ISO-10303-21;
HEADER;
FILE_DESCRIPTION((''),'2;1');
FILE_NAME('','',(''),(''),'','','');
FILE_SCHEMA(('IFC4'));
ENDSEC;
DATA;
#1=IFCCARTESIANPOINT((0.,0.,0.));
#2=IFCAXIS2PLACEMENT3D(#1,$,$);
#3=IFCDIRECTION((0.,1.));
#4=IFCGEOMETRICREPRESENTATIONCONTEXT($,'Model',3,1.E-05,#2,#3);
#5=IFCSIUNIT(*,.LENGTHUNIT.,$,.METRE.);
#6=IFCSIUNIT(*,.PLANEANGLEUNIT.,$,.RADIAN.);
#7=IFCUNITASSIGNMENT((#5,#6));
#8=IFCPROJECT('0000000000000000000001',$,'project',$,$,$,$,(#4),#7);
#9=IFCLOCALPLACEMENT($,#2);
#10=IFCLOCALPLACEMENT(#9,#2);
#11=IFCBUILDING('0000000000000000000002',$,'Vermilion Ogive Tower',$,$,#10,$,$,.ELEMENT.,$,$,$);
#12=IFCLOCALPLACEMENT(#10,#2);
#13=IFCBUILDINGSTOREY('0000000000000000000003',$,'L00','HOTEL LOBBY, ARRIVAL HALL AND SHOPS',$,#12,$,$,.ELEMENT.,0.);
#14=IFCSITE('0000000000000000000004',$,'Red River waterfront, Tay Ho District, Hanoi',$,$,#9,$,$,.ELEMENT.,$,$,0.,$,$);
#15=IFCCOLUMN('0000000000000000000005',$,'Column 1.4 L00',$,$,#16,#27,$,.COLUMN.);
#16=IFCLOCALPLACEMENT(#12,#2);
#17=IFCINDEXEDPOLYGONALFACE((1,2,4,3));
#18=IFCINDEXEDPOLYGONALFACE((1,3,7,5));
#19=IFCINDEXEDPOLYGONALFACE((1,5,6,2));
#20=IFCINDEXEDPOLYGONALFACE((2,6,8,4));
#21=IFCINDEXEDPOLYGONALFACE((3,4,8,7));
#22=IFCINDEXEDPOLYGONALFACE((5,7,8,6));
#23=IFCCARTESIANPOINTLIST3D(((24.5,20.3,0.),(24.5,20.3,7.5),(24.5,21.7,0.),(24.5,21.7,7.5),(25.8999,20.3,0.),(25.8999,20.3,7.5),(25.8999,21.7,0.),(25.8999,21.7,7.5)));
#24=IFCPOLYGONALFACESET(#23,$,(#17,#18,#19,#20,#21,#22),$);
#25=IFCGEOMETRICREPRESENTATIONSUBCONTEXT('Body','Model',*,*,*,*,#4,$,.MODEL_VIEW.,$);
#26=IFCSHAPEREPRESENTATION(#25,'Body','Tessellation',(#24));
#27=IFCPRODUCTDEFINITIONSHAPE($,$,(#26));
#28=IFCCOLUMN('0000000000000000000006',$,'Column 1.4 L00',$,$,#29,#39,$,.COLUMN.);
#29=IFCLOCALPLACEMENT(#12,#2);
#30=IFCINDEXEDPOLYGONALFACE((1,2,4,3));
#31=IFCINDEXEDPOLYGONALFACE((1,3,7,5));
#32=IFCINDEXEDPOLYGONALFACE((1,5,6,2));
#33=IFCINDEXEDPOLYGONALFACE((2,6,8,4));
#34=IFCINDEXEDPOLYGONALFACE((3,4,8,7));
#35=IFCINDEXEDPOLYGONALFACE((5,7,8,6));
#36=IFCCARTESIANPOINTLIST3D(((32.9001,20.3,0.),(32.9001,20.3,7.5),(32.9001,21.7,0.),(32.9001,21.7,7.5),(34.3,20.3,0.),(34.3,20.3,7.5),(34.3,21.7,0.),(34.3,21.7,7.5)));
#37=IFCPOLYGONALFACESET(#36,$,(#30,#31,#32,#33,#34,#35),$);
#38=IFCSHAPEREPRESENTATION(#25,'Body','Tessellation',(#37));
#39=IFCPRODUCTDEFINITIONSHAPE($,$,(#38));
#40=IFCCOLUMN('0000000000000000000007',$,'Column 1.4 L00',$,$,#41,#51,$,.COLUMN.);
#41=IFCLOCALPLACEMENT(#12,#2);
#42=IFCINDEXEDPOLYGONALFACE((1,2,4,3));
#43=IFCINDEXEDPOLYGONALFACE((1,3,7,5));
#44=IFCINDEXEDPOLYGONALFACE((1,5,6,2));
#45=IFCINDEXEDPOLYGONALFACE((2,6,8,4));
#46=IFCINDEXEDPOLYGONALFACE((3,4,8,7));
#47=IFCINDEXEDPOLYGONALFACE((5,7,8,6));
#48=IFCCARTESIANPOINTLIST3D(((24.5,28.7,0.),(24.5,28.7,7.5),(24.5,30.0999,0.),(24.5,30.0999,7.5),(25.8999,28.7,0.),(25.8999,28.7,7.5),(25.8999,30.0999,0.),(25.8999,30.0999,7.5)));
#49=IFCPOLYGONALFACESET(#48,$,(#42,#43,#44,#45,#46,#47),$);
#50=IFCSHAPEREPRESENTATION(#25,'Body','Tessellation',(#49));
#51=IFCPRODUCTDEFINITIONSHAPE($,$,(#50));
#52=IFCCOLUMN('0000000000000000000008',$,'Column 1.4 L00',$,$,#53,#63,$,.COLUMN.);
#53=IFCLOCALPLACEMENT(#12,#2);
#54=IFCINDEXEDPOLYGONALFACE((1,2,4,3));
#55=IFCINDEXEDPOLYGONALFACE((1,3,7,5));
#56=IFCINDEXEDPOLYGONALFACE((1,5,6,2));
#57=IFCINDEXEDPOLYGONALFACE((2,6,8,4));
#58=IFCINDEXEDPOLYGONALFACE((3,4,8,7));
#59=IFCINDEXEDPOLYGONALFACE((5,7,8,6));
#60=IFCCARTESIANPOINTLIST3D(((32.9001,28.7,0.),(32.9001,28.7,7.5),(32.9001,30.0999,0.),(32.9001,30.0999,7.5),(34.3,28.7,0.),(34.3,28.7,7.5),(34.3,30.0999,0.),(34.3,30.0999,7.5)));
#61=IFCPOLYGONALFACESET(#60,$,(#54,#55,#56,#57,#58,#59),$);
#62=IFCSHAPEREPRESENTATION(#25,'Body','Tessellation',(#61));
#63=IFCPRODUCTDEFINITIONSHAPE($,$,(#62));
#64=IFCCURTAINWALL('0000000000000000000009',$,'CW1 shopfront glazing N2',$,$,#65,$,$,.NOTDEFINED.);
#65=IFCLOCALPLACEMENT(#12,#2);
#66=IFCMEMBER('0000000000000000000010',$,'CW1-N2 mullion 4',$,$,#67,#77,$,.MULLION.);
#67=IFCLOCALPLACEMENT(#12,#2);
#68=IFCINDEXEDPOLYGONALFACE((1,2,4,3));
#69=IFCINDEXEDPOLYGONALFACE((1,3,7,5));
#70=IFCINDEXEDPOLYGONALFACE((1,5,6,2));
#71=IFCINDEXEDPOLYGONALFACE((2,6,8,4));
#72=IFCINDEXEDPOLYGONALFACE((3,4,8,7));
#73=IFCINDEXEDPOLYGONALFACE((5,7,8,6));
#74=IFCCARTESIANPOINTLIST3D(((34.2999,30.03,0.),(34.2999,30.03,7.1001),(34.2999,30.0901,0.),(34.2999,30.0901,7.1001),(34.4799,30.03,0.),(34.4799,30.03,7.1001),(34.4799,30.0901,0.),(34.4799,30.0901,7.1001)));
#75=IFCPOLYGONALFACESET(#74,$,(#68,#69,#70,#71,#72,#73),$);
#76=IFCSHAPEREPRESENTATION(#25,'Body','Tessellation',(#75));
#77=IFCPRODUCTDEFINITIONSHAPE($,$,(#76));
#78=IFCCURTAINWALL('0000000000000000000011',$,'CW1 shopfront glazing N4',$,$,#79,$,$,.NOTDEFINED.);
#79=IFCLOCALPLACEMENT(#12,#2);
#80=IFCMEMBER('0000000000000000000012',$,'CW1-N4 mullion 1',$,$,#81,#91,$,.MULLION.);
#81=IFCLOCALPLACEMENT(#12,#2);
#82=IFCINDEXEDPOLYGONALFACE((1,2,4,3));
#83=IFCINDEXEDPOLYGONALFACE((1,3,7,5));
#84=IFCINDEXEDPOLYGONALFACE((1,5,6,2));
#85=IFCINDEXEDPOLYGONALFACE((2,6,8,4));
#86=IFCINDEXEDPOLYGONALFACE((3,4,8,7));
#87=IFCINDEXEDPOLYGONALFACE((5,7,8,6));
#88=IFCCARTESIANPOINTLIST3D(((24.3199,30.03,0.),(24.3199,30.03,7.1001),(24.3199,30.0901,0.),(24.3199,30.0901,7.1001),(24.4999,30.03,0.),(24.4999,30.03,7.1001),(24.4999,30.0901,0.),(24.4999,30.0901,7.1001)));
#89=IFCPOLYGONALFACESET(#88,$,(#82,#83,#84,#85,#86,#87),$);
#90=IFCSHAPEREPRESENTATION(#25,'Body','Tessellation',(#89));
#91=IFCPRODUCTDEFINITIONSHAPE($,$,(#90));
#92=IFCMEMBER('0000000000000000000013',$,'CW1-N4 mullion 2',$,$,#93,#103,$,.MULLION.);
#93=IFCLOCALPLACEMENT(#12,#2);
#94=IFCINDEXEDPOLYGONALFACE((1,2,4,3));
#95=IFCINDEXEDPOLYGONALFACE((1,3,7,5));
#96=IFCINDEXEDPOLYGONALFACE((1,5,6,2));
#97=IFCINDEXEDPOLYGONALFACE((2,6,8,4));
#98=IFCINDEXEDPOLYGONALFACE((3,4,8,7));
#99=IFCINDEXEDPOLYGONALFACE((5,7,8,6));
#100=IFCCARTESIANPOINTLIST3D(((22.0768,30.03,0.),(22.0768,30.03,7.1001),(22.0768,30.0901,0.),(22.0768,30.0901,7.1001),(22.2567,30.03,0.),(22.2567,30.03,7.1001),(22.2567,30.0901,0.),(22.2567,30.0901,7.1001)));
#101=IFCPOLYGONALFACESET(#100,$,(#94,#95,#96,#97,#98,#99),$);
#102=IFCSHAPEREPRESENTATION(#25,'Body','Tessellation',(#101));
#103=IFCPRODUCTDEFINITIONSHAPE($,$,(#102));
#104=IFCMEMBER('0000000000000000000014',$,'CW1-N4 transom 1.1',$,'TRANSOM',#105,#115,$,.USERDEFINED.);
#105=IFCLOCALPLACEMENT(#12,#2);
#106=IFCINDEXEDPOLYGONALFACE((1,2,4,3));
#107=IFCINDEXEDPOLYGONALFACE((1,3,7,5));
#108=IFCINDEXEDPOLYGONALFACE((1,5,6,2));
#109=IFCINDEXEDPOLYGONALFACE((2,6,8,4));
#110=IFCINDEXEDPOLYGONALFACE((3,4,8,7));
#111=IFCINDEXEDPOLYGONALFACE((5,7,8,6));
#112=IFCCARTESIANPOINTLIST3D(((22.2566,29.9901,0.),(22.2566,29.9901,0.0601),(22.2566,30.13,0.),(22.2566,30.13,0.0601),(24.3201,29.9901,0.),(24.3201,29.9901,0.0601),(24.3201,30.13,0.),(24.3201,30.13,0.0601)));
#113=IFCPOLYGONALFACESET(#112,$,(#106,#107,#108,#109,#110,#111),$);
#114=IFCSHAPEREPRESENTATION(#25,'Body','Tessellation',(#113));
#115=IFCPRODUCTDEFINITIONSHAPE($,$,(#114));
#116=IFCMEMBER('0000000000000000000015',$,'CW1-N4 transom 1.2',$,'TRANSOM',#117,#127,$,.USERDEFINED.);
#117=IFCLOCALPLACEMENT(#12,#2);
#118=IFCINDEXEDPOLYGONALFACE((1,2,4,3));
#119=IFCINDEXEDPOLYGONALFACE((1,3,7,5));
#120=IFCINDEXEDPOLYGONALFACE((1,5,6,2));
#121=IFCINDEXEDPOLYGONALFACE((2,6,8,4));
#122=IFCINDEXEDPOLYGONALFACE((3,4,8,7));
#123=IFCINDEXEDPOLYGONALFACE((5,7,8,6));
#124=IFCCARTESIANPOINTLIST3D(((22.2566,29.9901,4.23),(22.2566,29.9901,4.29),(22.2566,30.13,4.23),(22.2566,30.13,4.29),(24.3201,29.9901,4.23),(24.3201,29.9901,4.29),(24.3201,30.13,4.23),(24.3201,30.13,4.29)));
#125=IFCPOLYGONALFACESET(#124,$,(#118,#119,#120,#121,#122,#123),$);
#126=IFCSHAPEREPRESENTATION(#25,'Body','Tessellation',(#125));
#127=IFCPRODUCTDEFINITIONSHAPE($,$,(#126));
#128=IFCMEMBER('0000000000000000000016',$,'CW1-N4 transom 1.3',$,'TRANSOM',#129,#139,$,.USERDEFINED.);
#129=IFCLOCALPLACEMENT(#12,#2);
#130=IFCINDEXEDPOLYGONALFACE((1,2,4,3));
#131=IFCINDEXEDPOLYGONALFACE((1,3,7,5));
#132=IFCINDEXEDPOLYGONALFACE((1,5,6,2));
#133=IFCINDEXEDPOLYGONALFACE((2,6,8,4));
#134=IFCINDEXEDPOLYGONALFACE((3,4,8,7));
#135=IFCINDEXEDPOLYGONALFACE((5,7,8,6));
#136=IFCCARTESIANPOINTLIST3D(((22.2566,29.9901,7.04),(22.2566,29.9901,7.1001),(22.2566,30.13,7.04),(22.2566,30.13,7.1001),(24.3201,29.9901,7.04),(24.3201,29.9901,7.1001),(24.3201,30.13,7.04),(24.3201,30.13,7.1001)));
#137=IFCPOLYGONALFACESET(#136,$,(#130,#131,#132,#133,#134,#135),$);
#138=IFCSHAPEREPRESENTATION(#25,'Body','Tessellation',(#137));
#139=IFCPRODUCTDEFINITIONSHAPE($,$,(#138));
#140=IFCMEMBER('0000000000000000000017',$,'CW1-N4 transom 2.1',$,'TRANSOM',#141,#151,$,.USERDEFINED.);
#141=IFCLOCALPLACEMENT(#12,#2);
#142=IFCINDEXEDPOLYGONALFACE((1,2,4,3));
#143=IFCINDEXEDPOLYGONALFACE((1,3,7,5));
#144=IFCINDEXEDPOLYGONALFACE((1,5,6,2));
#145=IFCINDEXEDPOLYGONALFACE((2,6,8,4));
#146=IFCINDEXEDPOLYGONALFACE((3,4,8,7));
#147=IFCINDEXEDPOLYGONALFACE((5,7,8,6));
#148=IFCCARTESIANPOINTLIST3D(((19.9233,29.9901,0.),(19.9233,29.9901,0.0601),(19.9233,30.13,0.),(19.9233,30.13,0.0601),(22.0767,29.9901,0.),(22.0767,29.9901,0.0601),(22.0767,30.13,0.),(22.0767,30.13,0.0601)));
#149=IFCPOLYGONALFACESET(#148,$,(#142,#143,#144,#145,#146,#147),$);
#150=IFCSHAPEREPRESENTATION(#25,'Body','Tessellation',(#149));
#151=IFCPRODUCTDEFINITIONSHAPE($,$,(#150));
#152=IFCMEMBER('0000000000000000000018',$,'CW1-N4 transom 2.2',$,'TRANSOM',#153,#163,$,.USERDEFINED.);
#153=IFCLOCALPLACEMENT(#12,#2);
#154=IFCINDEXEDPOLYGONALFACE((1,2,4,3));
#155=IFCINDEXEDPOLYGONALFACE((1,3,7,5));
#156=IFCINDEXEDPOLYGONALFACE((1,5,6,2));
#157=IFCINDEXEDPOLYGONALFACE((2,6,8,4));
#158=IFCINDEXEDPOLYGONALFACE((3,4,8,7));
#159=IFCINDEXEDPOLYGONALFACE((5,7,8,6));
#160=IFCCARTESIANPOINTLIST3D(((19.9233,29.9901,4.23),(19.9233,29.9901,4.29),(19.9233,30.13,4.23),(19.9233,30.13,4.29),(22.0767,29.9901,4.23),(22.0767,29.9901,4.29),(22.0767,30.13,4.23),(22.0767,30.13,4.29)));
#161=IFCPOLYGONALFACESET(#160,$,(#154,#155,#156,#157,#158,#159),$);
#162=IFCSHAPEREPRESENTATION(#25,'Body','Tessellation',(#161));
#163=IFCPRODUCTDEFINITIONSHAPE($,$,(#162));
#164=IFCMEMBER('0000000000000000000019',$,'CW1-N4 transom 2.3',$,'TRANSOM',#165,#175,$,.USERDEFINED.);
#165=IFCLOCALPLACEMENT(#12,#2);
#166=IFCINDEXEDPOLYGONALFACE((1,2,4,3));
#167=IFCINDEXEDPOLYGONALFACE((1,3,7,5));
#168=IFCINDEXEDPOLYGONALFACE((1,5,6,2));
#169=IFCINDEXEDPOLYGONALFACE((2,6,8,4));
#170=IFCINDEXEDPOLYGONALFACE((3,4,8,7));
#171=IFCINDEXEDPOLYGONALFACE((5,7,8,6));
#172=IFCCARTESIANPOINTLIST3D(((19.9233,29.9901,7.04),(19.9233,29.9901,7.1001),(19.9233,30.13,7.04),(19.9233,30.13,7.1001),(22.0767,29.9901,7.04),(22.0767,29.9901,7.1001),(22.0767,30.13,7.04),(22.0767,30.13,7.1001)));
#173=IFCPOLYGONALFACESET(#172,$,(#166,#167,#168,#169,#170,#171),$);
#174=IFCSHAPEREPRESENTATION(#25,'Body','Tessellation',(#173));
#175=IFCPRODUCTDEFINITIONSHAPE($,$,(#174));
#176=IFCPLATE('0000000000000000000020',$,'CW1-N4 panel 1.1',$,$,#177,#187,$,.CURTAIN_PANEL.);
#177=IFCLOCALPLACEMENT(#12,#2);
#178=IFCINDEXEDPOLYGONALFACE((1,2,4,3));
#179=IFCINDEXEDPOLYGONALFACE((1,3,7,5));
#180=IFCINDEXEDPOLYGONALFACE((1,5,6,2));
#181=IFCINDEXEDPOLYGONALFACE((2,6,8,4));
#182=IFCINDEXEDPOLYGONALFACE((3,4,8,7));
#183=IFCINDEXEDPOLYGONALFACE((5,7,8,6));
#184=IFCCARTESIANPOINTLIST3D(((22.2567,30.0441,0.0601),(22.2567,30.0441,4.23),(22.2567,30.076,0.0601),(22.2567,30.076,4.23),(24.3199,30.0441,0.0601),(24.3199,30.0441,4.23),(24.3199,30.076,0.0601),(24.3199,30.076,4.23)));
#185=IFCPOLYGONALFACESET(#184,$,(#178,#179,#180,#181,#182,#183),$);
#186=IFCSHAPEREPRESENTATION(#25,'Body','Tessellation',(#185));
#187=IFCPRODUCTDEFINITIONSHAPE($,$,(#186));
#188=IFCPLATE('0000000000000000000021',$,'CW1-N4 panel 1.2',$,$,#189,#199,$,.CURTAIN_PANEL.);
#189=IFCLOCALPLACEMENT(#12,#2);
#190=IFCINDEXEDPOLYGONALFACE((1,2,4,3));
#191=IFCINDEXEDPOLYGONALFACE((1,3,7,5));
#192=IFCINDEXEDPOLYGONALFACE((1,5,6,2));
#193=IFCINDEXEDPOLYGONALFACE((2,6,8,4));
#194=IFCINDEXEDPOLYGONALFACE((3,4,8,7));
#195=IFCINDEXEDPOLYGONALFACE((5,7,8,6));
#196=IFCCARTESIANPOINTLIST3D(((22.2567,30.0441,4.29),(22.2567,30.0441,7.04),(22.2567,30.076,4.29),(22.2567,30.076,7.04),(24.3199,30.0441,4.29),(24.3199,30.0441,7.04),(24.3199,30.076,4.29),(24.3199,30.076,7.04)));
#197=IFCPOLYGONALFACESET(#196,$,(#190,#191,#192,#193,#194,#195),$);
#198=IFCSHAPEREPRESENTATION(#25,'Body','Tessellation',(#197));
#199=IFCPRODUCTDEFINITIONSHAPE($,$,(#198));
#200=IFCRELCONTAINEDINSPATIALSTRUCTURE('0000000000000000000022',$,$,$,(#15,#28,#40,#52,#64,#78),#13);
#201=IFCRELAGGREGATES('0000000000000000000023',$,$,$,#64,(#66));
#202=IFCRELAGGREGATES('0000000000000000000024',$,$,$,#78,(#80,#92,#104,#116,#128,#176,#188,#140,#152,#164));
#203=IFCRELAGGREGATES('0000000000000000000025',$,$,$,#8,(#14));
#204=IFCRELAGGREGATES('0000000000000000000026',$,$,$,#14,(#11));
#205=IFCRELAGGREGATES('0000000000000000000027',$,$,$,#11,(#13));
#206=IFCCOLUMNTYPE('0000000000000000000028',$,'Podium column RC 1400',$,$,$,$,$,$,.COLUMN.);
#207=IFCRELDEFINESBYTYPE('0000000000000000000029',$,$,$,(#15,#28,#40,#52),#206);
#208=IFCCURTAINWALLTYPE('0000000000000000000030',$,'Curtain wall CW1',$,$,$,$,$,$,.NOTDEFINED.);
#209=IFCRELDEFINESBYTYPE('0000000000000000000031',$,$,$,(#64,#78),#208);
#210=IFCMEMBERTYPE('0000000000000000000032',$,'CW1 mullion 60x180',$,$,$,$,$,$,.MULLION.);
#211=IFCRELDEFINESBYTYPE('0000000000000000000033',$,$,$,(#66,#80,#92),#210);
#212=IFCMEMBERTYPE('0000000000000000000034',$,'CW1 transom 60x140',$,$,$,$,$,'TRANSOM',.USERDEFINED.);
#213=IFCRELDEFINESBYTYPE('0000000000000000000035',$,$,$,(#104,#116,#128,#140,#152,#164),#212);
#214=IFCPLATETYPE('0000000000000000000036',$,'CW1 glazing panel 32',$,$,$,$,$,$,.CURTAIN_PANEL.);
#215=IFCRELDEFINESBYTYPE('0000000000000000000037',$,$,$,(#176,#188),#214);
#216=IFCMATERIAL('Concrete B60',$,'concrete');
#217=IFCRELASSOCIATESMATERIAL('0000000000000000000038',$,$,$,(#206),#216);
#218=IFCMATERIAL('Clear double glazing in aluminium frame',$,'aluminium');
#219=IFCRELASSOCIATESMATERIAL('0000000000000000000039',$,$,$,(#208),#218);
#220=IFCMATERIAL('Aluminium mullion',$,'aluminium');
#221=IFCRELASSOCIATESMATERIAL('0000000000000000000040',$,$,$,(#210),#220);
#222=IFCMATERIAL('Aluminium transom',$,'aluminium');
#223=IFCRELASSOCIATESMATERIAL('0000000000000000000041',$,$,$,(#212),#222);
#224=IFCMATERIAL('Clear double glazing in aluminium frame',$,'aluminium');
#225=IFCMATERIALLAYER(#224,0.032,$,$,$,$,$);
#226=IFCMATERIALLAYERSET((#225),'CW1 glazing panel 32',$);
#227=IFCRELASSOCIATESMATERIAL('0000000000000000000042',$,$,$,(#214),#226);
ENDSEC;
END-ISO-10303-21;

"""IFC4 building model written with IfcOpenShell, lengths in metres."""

from ifc_helpers import new_model, si_unit, direction, frame, origin, origin_2d, place, context, subcontext, project, spatial, rectangle, extrude, material, layer, layer_set, material_profile, profile_set, type_object, element, aggregate, save


model = new_model("IFC4")

# Units and contexts
model_context = context("Model", 3, precision=1e-05, world=origin(), true_north=direction((0.0, 1.0)))
body_context = subcontext(model_context, "Body", "Model", "MODEL_VIEW")
ifc_project = project(units=[si_unit("LENGTHUNIT", "METRE"), si_unit("PLANEANGLEUNIT", "RADIAN")], contexts=[model_context])

# Site, building, storey
site_placement = place(None, origin())
site = spatial("IfcSite", under=ifc_project, at=site_placement, Name="Red River waterfront, Tay Ho District, Hanoi", CompositionType="ELEMENT", RefElevation=0.0)
building_placement = place(site_placement, origin())
building = spatial("IfcBuilding", under=site, at=building_placement, Name="Vermilion Ogive Tower", CompositionType="ELEMENT")
storey_placement = place(building_placement, origin())
storey = spatial("IfcBuildingStorey", under=building, at=storey_placement, Name="L00", Description="HOTEL LOBBY, ARRIVAL HALL AND SHOPS", CompositionType="ELEMENT", Elevation=0.0)

# Columns
ifc_material_1 = material(Name="Concrete B60", Category="concrete")
ifc_material_profile_1 = material_profile(ifc_material_1, rectangle(XDim=1.3999, YDim=1.3999, at=origin_2d()), Name="RC 1400x1400")
ifc_profile_set_1 = profile_set([ifc_material_profile_1], Name="Concrete B60")
column_type = type_object("IfcColumnType", Name="Podium column RC 1400", PredefinedType="COLUMN", material=ifc_profile_set_1)
for number, where, z_axis, x_axis, name in (
    (1, (25.2, 21.0, 0.0), (0.0, 0.0, 1.0), (1.0, 0.0, 0.0), "Column 1.4 L00"),
    (2, (33.6001, 21.0, 0.0), (0.0, 0.0, 1.0), (1.0, 0.0, 0.0), "Column 1.4 L00"),
    (3, (25.2, 29.3999, 0.0), (0.0, 0.0, 1.0), (1.0, 0.0, 0.0), "Column 1.4 L00"),
    (4, (33.6001, 29.3999, 0.0), (0.0, 0.0, 1.0), (1.0, 0.0, 0.0), "Column 1.4 L00"),
):
    element("IfcColumn", number, at=place(storey_placement, frame(where, z_axis=z_axis, x_axis=x_axis)), inside=storey, type_object=column_type, Name=name, PredefinedType="COLUMN", context=body_context, shape_type="SweptSolid", body=[
        extrude(rectangle(XDim=1.3999, YDim=1.3999, at=origin_2d()), origin(), (0.0, 0.0, 1.0), 7.5),
    ])

# Curtain wall, member
ifc_material_2 = material(Name="Clear double glazing in aluminium frame", Category="aluminium")
curtain_wall_type = type_object("IfcCurtainWallType", Name="Curtain wall CW1", PredefinedType="NOTDEFINED", material=ifc_material_2)
curtain_wall_1_placement = place(storey_placement, origin())
curtain_wall_1 = element("IfcCurtainWall", 5, at=curtain_wall_1_placement, inside=storey, type_object=curtain_wall_type, Name="CW1 shopfront glazing N2", PredefinedType="NOTDEFINED")
ifc_material_3 = material(Name="Aluminium mullion", Category="aluminium")
ifc_material_profile_2 = material_profile(ifc_material_3, rectangle(XDim=0.0601, YDim=0.1799, at=origin_2d()), Name="AL 60x180")
ifc_profile_set_2 = profile_set([ifc_material_profile_2], Name="Aluminium mullion")
member_type_1 = type_object("IfcMemberType", Name="CW1 mullion 60x180", PredefinedType="MULLION", material=ifc_profile_set_2)
member_1_placement = place(storey_placement, frame((34.3899, 30.0601, 0.0), z_axis=(0.0, 0.0, 1.0), x_axis=(0.0, -1.0, 0.0)))
member_1 = element("IfcMember", 6, at=member_1_placement, type_object=member_type_1, Name="CW1-N2 mullion 4", PredefinedType="MULLION", context=body_context, shape_type="SweptSolid", body=[
    extrude(rectangle(XDim=0.0601, YDim=0.1799, at=origin_2d()), origin(), (0.0, 0.0, 1.0), 7.1001),
])
aggregate(curtain_wall_1, [member_1])

# Curtain wall, members, plates
curtain_wall_2_placement = place(storey_placement, origin())
curtain_wall_2 = element("IfcCurtainWall", 7, at=curtain_wall_2_placement, inside=storey, type_object=curtain_wall_type, Name="CW1 shopfront glazing N4", PredefinedType="NOTDEFINED")
member_2_placement = place(storey_placement, frame((24.4099, 30.0601, 0.0), z_axis=(0.0, 0.0, 1.0), x_axis=(0.0, -1.0, 0.0)))
member_2 = element("IfcMember", 8, at=member_2_placement, type_object=member_type_1, Name="CW1-N4 mullion 1", PredefinedType="MULLION", context=body_context, shape_type="SweptSolid", body=[
    extrude(rectangle(XDim=0.0601, YDim=0.1799, at=origin_2d()), origin(), (0.0, 0.0, 1.0), 7.1001),
])
member_3_placement = place(storey_placement, frame((22.1667, 30.0601, 0.0), z_axis=(0.0, 0.0, 1.0), x_axis=(0.0, -1.0, 0.0)))
member_3 = element("IfcMember", 9, at=member_3_placement, type_object=member_type_1, Name="CW1-N4 mullion 2", PredefinedType="MULLION", context=body_context, shape_type="SweptSolid", body=[
    extrude(rectangle(XDim=0.0601, YDim=0.1799, at=origin_2d()), origin(), (0.0, 0.0, 1.0), 7.1001),
])
ifc_material_4 = material(Name="Aluminium transom", Category="aluminium")
ifc_material_profile_3 = material_profile(ifc_material_4, rectangle(XDim=0.1399, YDim=0.0601, at=origin_2d()), Name="AL 60x140")
ifc_profile_set_3 = profile_set([ifc_material_profile_3], Name="Aluminium transom")
member_type_2 = type_object("IfcMemberType", Name="CW1 transom 60x140", ElementType="TRANSOM", PredefinedType="USERDEFINED", material=ifc_profile_set_3)
member_4_placement = place(storey_placement, frame((24.3201, 30.0601, 0.03), z_axis=(-1.0, 0.0, 0.0), x_axis=(0.0, -1.0, 0.0)))
member_4 = element("IfcMember", 10, at=member_4_placement, type_object=member_type_2, Name="CW1-N4 transom 1.1", ObjectType="TRANSOM", PredefinedType="USERDEFINED", context=body_context, shape_type="SweptSolid", body=[
    extrude(rectangle(XDim=0.1399, YDim=0.0601, at=origin_2d()), origin(), (0.0, 0.0, 1.0), 2.0635),
])
member_5_placement = place(storey_placement, frame((24.3201, 30.0601, 4.26), z_axis=(-1.0, 0.0, 0.0), x_axis=(0.0, -1.0, 0.0)))
member_5 = element("IfcMember", 11, at=member_5_placement, type_object=member_type_2, Name="CW1-N4 transom 1.2", ObjectType="TRANSOM", PredefinedType="USERDEFINED", context=body_context, shape_type="SweptSolid", body=[
    extrude(rectangle(XDim=0.1399, YDim=0.0601, at=origin_2d()), origin(), (0.0, 0.0, 1.0), 2.0635),
])
member_6_placement = place(storey_placement, frame((24.3201, 30.0601, 7.0701), z_axis=(-1.0, 0.0, 0.0), x_axis=(0.0, -1.0, 0.0)))
member_6 = element("IfcMember", 12, at=member_6_placement, type_object=member_type_2, Name="CW1-N4 transom 1.3", ObjectType="TRANSOM", PredefinedType="USERDEFINED", context=body_context, shape_type="SweptSolid", body=[
    extrude(rectangle(XDim=0.1399, YDim=0.0601, at=origin_2d()), origin(), (0.0, 0.0, 1.0), 2.0635),
])
member_7_placement = place(storey_placement, frame((22.0767, 30.0601, 0.03), z_axis=(-1.0, 0.0, 0.0), x_axis=(0.0, -1.0, 0.0)))
member_7 = element("IfcMember", 13, at=member_7_placement, type_object=member_type_2, Name="CW1-N4 transom 2.1", ObjectType="TRANSOM", PredefinedType="USERDEFINED", context=body_context, shape_type="SweptSolid", body=[
    extrude(rectangle(XDim=0.1399, YDim=0.0601, at=origin_2d()), origin(), (0.0, 0.0, 1.0), 2.1533),
])
member_8_placement = place(storey_placement, frame((22.0767, 30.0601, 4.26), z_axis=(-1.0, 0.0, 0.0), x_axis=(0.0, -1.0, 0.0)))
member_8 = element("IfcMember", 14, at=member_8_placement, type_object=member_type_2, Name="CW1-N4 transom 2.2", ObjectType="TRANSOM", PredefinedType="USERDEFINED", context=body_context, shape_type="SweptSolid", body=[
    extrude(rectangle(XDim=0.1399, YDim=0.0601, at=origin_2d()), origin(), (0.0, 0.0, 1.0), 2.1533),
])
member_9_placement = place(storey_placement, frame((22.0767, 30.0601, 7.0701), z_axis=(-1.0, 0.0, 0.0), x_axis=(0.0, -1.0, 0.0)))
member_9 = element("IfcMember", 15, at=member_9_placement, type_object=member_type_2, Name="CW1-N4 transom 2.3", ObjectType="TRANSOM", PredefinedType="USERDEFINED", context=body_context, shape_type="SweptSolid", body=[
    extrude(rectangle(XDim=0.1399, YDim=0.0601, at=origin_2d()), origin(), (0.0, 0.0, 1.0), 2.1533),
])
ifc_material_5 = material(Name="Clear double glazing in aluminium frame", Category="aluminium")
ifc_layer_1 = layer(ifc_material_5, 0.032)
ifc_layer_set_1 = layer_set([ifc_layer_1], Name="CW1 glazing panel 32")
plate_type = type_object("IfcPlateType", Name="CW1 glazing panel 32", PredefinedType="CURTAIN_PANEL", material=ifc_layer_set_1)
plate_1_placement = place(storey_placement, frame((23.2883, 30.0601, 0.0601), z_axis=(0.0, 0.0, 1.0), x_axis=(-1.0, 0.0, 0.0)))
plate_1 = element("IfcPlate", 16, at=plate_1_placement, type_object=plate_type, Name="CW1-N4 panel 1.1", PredefinedType="CURTAIN_PANEL", context=body_context, shape_type="SweptSolid", body=[
    extrude(rectangle(XDim=2.0632, YDim=0.032, at=origin_2d()), origin(), (0.0, 0.0, 1.0), 4.1699),
])
plate_2_placement = place(storey_placement, frame((23.2883, 30.0601, 4.29), z_axis=(0.0, 0.0, 1.0), x_axis=(-1.0, 0.0, 0.0)))
plate_2 = element("IfcPlate", 17, at=plate_2_placement, type_object=plate_type, Name="CW1-N4 panel 1.2", PredefinedType="CURTAIN_PANEL", context=body_context, shape_type="SweptSolid", body=[
    extrude(rectangle(XDim=2.0632, YDim=0.032, at=origin_2d()), origin(), (0.0, 0.0, 1.0), 2.75),
])
aggregate(curtain_wall_2, [member_2, member_3, member_4, member_5, member_6, plate_1, plate_2, member_7, member_8, member_9])

save(model, "model.ifc")
